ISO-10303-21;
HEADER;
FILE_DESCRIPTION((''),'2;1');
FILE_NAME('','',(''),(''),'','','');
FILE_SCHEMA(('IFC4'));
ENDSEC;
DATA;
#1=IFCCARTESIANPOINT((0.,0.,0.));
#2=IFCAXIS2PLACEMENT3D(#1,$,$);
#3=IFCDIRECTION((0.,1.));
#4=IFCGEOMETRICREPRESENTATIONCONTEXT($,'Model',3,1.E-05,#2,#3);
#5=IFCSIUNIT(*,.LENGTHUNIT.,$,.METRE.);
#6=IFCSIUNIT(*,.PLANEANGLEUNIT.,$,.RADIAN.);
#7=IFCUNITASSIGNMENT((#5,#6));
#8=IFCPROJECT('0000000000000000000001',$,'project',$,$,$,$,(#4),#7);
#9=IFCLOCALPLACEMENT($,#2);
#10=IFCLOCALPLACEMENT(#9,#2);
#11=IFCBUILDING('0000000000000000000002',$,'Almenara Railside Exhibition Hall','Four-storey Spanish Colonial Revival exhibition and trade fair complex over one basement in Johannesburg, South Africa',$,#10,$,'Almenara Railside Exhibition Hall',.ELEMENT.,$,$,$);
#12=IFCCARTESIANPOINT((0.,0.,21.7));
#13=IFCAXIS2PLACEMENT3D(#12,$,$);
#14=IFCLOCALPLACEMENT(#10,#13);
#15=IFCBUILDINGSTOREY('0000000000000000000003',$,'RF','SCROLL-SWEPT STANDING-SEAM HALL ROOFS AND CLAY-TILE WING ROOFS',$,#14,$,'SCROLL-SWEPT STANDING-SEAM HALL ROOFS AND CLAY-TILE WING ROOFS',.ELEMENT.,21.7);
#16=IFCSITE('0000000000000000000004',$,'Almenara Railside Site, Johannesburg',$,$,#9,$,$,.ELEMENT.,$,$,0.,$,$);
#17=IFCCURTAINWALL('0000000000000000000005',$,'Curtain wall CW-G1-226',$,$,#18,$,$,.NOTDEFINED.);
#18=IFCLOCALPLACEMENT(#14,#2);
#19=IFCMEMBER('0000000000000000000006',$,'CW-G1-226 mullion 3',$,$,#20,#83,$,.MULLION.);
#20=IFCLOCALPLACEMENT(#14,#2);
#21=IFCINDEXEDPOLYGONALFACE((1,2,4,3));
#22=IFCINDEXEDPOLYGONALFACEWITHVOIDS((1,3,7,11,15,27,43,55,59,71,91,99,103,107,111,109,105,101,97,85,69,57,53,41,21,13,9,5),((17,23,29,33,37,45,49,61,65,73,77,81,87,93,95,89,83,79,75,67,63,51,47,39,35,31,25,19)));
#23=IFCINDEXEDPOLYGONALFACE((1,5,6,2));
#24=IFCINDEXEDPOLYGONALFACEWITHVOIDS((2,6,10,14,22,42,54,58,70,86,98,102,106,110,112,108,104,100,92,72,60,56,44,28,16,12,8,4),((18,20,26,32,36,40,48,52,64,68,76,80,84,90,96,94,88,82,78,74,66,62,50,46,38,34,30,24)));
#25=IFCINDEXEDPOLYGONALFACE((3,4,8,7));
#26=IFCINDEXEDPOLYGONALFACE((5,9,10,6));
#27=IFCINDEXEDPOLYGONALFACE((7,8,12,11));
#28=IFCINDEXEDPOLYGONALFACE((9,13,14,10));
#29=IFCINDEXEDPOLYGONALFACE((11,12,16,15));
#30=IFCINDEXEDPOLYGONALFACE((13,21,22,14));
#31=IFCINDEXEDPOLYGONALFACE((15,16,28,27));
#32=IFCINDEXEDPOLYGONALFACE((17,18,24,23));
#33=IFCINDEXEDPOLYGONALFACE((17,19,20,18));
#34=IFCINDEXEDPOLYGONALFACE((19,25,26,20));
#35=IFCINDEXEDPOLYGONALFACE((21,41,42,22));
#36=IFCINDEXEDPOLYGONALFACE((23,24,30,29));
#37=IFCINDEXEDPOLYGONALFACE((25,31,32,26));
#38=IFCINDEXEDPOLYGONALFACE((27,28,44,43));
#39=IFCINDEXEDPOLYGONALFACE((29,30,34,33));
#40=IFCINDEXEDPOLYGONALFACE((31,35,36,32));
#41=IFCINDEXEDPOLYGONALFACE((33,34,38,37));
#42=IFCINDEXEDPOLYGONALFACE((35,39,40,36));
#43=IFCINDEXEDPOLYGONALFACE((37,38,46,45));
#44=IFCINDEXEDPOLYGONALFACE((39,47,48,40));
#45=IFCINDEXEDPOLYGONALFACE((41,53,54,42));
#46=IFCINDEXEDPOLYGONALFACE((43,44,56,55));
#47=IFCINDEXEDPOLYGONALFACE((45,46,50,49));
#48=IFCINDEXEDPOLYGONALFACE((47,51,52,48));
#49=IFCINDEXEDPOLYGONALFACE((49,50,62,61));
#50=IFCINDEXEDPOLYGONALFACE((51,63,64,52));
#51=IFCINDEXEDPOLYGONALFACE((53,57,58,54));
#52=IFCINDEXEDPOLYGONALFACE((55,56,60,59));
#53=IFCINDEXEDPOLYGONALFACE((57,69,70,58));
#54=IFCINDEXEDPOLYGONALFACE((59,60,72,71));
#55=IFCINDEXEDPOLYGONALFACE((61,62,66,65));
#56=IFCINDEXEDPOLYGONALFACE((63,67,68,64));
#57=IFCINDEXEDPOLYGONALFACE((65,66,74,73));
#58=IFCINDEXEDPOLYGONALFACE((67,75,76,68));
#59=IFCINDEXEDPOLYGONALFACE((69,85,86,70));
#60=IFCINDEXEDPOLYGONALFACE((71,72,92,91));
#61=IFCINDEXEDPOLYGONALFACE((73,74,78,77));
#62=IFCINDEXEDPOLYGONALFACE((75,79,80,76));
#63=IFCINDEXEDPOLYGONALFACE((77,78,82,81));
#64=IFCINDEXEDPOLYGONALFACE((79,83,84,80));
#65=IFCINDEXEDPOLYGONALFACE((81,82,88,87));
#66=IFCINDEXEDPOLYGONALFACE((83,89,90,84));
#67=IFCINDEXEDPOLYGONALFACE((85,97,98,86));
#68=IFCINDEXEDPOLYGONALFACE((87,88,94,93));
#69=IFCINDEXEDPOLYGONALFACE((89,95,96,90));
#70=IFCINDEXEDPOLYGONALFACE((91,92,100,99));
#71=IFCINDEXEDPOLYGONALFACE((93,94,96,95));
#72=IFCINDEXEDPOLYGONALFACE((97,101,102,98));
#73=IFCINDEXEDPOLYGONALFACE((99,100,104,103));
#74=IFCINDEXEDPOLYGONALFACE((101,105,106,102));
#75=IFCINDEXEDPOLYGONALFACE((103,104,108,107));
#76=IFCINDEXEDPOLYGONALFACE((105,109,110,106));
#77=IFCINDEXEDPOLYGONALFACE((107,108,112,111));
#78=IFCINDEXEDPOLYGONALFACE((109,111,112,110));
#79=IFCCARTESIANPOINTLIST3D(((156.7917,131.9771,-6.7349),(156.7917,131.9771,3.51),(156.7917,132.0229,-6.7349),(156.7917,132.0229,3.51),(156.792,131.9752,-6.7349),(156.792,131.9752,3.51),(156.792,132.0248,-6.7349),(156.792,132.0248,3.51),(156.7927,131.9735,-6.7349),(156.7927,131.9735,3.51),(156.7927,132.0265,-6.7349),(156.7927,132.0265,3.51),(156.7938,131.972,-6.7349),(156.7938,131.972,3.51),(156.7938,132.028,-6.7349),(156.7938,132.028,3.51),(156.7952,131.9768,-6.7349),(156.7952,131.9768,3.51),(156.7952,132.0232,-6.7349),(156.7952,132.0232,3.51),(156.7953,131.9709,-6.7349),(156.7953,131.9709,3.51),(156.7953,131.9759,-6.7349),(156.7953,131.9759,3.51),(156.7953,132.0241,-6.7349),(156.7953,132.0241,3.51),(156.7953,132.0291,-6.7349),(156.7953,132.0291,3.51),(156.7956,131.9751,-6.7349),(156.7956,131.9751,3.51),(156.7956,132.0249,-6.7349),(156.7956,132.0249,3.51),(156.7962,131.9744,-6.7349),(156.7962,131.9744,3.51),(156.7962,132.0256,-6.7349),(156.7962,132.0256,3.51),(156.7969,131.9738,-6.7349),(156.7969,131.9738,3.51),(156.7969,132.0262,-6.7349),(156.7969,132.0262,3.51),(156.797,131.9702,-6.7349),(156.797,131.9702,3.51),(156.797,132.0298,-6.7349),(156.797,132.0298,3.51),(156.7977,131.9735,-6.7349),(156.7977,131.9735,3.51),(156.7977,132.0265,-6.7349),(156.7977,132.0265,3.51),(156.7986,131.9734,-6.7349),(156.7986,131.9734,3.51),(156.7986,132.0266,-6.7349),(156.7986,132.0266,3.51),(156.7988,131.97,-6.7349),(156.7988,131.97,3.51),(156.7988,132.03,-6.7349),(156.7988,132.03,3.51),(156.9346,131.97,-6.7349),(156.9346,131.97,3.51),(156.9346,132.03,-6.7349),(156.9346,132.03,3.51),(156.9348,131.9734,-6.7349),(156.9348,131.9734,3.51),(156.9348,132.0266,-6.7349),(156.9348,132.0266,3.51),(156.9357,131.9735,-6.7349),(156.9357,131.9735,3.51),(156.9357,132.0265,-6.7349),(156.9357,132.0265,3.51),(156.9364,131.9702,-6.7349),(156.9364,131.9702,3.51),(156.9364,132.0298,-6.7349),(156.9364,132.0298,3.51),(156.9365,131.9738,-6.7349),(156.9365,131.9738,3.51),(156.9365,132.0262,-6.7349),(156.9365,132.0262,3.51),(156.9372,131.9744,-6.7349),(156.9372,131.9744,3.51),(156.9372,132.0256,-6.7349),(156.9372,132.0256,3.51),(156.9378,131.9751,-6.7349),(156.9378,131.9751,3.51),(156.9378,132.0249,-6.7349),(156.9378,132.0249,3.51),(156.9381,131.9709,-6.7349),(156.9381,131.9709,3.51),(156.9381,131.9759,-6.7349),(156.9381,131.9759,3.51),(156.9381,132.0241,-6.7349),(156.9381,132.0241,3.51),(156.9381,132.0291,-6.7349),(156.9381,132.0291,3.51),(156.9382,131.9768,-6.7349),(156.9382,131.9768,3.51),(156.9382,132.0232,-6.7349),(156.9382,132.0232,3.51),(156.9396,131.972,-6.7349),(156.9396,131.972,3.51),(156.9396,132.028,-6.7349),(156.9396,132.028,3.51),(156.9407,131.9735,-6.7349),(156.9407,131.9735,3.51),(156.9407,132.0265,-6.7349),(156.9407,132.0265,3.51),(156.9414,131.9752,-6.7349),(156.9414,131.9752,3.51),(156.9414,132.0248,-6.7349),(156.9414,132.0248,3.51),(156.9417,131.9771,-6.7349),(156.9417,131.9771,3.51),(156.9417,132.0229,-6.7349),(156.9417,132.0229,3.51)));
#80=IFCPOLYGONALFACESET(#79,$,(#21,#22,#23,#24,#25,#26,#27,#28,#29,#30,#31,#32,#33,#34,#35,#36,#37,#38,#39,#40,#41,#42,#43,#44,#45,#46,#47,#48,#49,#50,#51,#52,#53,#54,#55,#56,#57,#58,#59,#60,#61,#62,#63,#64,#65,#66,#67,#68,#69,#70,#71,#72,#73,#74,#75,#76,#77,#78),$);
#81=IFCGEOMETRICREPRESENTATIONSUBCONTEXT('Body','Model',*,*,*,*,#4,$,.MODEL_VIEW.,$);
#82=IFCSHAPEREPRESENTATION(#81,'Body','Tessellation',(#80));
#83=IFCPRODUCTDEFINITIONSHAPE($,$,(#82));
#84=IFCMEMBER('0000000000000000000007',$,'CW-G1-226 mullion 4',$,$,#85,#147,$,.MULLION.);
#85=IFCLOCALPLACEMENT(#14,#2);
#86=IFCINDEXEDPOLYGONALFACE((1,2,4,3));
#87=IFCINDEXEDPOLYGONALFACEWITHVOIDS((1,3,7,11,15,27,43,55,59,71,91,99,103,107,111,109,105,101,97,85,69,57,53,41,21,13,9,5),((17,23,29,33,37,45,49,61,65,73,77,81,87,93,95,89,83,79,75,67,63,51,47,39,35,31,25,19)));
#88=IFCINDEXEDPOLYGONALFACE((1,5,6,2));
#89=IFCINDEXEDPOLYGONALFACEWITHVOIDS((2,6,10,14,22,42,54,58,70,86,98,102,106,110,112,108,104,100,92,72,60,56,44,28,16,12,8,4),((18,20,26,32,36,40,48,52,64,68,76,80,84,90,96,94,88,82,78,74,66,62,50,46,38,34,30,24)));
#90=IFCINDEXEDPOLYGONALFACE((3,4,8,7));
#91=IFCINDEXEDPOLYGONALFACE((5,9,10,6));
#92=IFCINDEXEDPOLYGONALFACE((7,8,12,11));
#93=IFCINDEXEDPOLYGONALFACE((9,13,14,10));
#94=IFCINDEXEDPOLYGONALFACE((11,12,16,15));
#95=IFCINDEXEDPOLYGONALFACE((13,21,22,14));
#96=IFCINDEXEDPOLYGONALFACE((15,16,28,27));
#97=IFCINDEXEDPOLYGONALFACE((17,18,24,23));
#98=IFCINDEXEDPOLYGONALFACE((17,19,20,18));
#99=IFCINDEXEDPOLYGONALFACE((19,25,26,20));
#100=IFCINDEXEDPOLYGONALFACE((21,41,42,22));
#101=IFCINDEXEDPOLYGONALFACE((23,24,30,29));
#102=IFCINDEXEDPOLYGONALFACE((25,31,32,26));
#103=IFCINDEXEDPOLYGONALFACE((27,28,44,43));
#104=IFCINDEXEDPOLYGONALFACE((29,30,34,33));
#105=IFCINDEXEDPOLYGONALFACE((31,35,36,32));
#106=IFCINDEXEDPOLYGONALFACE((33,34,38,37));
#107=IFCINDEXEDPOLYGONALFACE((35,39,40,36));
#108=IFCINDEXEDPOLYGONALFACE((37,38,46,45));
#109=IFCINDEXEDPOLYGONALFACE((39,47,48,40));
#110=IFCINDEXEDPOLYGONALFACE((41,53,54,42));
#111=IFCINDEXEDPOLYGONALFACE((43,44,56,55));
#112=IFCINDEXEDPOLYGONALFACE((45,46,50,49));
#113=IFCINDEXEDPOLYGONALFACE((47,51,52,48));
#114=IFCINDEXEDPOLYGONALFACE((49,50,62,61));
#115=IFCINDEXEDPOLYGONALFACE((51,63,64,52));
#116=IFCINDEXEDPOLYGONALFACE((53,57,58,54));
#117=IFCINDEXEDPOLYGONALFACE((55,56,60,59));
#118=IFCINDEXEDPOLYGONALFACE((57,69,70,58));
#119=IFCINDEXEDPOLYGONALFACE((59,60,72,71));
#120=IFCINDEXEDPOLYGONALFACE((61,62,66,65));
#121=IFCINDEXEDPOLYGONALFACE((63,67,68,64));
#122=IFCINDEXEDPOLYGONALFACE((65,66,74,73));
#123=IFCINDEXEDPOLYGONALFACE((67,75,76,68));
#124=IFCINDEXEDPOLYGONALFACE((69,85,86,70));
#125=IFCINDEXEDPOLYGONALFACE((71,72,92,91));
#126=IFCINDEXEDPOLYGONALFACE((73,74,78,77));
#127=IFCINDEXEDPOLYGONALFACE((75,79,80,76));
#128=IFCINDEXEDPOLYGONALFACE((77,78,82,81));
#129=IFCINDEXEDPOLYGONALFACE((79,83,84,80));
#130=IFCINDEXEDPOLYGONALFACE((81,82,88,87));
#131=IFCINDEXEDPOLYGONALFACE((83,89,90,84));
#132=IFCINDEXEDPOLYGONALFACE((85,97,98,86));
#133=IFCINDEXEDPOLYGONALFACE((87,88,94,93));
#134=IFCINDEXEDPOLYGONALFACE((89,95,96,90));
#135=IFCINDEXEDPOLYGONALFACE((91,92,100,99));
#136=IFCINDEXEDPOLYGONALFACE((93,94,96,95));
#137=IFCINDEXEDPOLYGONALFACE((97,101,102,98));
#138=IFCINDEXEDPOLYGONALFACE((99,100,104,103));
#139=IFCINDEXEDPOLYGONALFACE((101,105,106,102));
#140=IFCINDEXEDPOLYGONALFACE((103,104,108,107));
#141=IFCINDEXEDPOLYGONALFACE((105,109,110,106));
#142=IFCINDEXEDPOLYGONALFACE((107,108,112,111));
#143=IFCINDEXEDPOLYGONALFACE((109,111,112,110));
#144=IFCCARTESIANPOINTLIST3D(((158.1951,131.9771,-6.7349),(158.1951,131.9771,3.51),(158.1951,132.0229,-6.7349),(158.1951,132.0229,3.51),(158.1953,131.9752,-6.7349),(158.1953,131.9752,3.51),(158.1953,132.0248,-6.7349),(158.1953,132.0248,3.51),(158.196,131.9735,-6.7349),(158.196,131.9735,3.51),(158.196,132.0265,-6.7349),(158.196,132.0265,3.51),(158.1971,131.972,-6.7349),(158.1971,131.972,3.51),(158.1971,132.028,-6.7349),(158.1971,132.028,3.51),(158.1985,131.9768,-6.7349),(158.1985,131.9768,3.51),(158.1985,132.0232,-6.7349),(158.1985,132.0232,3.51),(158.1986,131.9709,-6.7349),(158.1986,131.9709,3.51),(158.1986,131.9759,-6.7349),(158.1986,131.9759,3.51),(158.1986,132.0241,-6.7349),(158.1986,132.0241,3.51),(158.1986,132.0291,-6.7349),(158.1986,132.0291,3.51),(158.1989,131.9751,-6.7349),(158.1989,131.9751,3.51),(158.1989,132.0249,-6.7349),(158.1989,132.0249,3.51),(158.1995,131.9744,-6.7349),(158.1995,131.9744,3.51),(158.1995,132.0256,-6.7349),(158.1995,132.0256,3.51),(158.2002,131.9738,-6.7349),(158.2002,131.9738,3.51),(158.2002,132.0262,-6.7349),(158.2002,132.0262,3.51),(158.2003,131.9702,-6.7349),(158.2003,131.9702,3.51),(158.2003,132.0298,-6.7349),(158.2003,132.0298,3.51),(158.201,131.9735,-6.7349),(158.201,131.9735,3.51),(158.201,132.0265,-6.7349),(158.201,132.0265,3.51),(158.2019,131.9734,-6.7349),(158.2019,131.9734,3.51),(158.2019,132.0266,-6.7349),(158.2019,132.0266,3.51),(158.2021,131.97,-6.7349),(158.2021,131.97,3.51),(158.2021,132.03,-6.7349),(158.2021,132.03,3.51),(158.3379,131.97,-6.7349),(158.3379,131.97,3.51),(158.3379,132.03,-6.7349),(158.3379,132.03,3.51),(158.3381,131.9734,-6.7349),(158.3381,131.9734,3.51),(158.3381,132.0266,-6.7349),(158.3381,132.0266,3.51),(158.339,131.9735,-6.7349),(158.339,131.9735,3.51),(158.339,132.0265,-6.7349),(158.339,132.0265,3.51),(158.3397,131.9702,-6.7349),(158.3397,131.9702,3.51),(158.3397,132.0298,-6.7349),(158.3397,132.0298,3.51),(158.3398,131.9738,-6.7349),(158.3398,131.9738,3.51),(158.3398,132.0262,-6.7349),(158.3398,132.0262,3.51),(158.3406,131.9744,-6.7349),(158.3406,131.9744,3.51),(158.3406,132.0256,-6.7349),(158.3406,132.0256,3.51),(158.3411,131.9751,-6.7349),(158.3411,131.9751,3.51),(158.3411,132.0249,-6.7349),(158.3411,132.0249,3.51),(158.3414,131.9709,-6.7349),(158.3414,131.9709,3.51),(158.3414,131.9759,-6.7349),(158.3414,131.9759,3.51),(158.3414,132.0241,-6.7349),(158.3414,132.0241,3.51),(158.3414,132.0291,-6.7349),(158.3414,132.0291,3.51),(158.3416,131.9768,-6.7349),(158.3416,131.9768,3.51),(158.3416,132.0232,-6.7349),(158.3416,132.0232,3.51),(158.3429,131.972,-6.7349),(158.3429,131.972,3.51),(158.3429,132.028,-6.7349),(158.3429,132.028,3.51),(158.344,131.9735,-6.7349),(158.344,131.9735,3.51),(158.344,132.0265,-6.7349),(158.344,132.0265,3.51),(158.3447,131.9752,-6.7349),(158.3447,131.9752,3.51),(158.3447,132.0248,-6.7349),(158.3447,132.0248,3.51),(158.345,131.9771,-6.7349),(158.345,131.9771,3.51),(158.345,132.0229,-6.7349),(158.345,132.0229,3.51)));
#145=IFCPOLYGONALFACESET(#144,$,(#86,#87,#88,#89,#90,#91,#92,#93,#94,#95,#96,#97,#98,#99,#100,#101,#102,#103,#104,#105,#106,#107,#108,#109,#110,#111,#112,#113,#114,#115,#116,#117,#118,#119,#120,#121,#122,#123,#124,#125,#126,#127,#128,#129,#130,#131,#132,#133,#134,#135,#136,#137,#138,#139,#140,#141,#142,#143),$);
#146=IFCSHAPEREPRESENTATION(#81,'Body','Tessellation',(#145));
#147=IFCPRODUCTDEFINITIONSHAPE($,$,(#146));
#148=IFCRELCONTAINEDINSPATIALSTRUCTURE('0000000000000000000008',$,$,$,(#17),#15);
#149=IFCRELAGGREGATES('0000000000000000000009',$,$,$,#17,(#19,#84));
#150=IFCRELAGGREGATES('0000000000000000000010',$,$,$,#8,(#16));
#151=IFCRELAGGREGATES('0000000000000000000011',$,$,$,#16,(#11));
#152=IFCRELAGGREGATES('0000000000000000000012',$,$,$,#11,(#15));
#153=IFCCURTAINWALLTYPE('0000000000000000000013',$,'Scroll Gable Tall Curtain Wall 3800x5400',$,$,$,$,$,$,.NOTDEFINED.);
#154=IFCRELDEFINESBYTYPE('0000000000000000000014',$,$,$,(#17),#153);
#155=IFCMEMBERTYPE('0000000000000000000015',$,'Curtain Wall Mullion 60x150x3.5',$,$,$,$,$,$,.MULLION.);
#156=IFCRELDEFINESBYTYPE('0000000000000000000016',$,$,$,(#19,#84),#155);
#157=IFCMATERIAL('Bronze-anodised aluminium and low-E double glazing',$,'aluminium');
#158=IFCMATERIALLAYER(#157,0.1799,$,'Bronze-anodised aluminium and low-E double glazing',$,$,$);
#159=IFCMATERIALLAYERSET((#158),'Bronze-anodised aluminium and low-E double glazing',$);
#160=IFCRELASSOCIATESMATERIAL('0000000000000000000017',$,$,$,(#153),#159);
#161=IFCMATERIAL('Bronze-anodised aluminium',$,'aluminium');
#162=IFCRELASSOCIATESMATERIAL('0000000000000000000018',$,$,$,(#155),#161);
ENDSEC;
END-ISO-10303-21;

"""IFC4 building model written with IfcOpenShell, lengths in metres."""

from ifc_helpers import new_model, si_unit, direction, frame, origin, origin_2d, place, context, subcontext, project, spatial, hollow_rectangle, extrude, material, layer, layer_set, material_profile, profile_set, type_object, element, aggregate, save


model = new_model("IFC4")

# Units and contexts
model_context = context("Model", 3, precision=1e-05, world=origin(), true_north=direction((0.0, 1.0)))
body_context = subcontext(model_context, "Body", "Model", "MODEL_VIEW")
ifc_project = project(units=[si_unit("LENGTHUNIT", "METRE"), si_unit("PLANEANGLEUNIT", "RADIAN")], contexts=[model_context])

# Site, building, storey
site_placement = place(None, origin())
site = spatial("IfcSite", under=ifc_project, at=site_placement, Name="Almenara Railside Site, Johannesburg", CompositionType="ELEMENT", RefElevation=0.0)
building_placement = place(site_placement, origin())
building = spatial("IfcBuilding", under=site, at=building_placement, Name="Almenara Railside Exhibition Hall", Description="Four-storey Spanish Colonial Revival exhibition and trade fair complex over one basement in Johannesburg, South Africa", LongName="Almenara Railside Exhibition Hall", CompositionType="ELEMENT")
storey_placement = place(building_placement, frame((0.0, 0.0, 21.7)))
storey = spatial("IfcBuildingStorey", under=building, at=storey_placement, Name="RF", Description="SCROLL-SWEPT STANDING-SEAM HALL ROOFS AND CLAY-TILE WING ROOFS", LongName="SCROLL-SWEPT STANDING-SEAM HALL ROOFS AND CLAY-TILE WING ROOFS", CompositionType="ELEMENT", Elevation=21.7)

# Curtain wall, members
ifc_material_1 = material(Name="Bronze-anodised aluminium and low-E double glazing", Category="aluminium")
ifc_layer_1 = layer(ifc_material_1, 0.1799, Name="Bronze-anodised aluminium and low-E double glazing")
ifc_layer_set_1 = layer_set([ifc_layer_1], Name="Bronze-anodised aluminium and low-E double glazing")
curtain_wall_type = type_object("IfcCurtainWallType", Name="Scroll Gable Tall Curtain Wall 3800x5400", PredefinedType="NOTDEFINED", material=ifc_layer_set_1)
ifc_material_2 = material(Name="Bronze-anodised aluminium", Category="aluminium")
curtain_wall_1_placement = place(storey_placement, origin())
curtain_wall_1 = element("IfcCurtainWall", 1, at=curtain_wall_1_placement, inside=storey, type_object=curtain_wall_type, Name="Curtain wall CW-G1-226", PredefinedType="NOTDEFINED")
ifc_material_profile_1 = material_profile(ifc_material_2, hollow_rectangle(XDim=0.0601, YDim=0.1499, WallThickness=0.0034, InnerFilletRadius=0.0034, OuterFilletRadius=0.0071, at=origin_2d()), Name="ALU-MUL 60x150x3.5")
ifc_profile_set_1 = profile_set([ifc_material_profile_1], Name="Bronze-anodised aluminium")
member_type_1 = type_object("IfcMemberType", Name="Curtain Wall Mullion 60x150x3.5", PredefinedType="MULLION", material=ifc_profile_set_1)
member_1_placement = place(storey_placement, frame((156.8667, 132.0, -6.7349), z_axis=(0.0, 0.0, 1.0), x_axis=(0.0, 1.0, 0.0)))
member_1 = element("IfcMember", 2, at=member_1_placement, type_object=member_type_1, Name="CW-G1-226 mullion 3", PredefinedType="MULLION", context=body_context, shape_type="SweptSolid", body=[
    extrude(hollow_rectangle(XDim=0.0601, YDim=0.1499, WallThickness=0.0034, InnerFilletRadius=0.0034, OuterFilletRadius=0.0071, at=origin_2d()), origin(), (0.0, 0.0, 1.0), 10.2449),
])
member_2_placement = place(storey_placement, frame((158.27, 132.0, -6.7349), z_axis=(0.0, 0.0, 1.0), x_axis=(0.0, 1.0, 0.0)))
member_2 = element("IfcMember", 3, at=member_2_placement, type_object=member_type_1, Name="CW-G1-226 mullion 4", PredefinedType="MULLION", context=body_context, shape_type="SweptSolid", body=[
    extrude(hollow_rectangle(XDim=0.0601, YDim=0.1499, WallThickness=0.0034, InnerFilletRadius=0.0034, OuterFilletRadius=0.0071, at=origin_2d()), origin(), (0.0, 0.0, 1.0), 10.2449),
])

aggregate(curtain_wall_1, [member_1, member_2])

save(model, "model.ifc")
